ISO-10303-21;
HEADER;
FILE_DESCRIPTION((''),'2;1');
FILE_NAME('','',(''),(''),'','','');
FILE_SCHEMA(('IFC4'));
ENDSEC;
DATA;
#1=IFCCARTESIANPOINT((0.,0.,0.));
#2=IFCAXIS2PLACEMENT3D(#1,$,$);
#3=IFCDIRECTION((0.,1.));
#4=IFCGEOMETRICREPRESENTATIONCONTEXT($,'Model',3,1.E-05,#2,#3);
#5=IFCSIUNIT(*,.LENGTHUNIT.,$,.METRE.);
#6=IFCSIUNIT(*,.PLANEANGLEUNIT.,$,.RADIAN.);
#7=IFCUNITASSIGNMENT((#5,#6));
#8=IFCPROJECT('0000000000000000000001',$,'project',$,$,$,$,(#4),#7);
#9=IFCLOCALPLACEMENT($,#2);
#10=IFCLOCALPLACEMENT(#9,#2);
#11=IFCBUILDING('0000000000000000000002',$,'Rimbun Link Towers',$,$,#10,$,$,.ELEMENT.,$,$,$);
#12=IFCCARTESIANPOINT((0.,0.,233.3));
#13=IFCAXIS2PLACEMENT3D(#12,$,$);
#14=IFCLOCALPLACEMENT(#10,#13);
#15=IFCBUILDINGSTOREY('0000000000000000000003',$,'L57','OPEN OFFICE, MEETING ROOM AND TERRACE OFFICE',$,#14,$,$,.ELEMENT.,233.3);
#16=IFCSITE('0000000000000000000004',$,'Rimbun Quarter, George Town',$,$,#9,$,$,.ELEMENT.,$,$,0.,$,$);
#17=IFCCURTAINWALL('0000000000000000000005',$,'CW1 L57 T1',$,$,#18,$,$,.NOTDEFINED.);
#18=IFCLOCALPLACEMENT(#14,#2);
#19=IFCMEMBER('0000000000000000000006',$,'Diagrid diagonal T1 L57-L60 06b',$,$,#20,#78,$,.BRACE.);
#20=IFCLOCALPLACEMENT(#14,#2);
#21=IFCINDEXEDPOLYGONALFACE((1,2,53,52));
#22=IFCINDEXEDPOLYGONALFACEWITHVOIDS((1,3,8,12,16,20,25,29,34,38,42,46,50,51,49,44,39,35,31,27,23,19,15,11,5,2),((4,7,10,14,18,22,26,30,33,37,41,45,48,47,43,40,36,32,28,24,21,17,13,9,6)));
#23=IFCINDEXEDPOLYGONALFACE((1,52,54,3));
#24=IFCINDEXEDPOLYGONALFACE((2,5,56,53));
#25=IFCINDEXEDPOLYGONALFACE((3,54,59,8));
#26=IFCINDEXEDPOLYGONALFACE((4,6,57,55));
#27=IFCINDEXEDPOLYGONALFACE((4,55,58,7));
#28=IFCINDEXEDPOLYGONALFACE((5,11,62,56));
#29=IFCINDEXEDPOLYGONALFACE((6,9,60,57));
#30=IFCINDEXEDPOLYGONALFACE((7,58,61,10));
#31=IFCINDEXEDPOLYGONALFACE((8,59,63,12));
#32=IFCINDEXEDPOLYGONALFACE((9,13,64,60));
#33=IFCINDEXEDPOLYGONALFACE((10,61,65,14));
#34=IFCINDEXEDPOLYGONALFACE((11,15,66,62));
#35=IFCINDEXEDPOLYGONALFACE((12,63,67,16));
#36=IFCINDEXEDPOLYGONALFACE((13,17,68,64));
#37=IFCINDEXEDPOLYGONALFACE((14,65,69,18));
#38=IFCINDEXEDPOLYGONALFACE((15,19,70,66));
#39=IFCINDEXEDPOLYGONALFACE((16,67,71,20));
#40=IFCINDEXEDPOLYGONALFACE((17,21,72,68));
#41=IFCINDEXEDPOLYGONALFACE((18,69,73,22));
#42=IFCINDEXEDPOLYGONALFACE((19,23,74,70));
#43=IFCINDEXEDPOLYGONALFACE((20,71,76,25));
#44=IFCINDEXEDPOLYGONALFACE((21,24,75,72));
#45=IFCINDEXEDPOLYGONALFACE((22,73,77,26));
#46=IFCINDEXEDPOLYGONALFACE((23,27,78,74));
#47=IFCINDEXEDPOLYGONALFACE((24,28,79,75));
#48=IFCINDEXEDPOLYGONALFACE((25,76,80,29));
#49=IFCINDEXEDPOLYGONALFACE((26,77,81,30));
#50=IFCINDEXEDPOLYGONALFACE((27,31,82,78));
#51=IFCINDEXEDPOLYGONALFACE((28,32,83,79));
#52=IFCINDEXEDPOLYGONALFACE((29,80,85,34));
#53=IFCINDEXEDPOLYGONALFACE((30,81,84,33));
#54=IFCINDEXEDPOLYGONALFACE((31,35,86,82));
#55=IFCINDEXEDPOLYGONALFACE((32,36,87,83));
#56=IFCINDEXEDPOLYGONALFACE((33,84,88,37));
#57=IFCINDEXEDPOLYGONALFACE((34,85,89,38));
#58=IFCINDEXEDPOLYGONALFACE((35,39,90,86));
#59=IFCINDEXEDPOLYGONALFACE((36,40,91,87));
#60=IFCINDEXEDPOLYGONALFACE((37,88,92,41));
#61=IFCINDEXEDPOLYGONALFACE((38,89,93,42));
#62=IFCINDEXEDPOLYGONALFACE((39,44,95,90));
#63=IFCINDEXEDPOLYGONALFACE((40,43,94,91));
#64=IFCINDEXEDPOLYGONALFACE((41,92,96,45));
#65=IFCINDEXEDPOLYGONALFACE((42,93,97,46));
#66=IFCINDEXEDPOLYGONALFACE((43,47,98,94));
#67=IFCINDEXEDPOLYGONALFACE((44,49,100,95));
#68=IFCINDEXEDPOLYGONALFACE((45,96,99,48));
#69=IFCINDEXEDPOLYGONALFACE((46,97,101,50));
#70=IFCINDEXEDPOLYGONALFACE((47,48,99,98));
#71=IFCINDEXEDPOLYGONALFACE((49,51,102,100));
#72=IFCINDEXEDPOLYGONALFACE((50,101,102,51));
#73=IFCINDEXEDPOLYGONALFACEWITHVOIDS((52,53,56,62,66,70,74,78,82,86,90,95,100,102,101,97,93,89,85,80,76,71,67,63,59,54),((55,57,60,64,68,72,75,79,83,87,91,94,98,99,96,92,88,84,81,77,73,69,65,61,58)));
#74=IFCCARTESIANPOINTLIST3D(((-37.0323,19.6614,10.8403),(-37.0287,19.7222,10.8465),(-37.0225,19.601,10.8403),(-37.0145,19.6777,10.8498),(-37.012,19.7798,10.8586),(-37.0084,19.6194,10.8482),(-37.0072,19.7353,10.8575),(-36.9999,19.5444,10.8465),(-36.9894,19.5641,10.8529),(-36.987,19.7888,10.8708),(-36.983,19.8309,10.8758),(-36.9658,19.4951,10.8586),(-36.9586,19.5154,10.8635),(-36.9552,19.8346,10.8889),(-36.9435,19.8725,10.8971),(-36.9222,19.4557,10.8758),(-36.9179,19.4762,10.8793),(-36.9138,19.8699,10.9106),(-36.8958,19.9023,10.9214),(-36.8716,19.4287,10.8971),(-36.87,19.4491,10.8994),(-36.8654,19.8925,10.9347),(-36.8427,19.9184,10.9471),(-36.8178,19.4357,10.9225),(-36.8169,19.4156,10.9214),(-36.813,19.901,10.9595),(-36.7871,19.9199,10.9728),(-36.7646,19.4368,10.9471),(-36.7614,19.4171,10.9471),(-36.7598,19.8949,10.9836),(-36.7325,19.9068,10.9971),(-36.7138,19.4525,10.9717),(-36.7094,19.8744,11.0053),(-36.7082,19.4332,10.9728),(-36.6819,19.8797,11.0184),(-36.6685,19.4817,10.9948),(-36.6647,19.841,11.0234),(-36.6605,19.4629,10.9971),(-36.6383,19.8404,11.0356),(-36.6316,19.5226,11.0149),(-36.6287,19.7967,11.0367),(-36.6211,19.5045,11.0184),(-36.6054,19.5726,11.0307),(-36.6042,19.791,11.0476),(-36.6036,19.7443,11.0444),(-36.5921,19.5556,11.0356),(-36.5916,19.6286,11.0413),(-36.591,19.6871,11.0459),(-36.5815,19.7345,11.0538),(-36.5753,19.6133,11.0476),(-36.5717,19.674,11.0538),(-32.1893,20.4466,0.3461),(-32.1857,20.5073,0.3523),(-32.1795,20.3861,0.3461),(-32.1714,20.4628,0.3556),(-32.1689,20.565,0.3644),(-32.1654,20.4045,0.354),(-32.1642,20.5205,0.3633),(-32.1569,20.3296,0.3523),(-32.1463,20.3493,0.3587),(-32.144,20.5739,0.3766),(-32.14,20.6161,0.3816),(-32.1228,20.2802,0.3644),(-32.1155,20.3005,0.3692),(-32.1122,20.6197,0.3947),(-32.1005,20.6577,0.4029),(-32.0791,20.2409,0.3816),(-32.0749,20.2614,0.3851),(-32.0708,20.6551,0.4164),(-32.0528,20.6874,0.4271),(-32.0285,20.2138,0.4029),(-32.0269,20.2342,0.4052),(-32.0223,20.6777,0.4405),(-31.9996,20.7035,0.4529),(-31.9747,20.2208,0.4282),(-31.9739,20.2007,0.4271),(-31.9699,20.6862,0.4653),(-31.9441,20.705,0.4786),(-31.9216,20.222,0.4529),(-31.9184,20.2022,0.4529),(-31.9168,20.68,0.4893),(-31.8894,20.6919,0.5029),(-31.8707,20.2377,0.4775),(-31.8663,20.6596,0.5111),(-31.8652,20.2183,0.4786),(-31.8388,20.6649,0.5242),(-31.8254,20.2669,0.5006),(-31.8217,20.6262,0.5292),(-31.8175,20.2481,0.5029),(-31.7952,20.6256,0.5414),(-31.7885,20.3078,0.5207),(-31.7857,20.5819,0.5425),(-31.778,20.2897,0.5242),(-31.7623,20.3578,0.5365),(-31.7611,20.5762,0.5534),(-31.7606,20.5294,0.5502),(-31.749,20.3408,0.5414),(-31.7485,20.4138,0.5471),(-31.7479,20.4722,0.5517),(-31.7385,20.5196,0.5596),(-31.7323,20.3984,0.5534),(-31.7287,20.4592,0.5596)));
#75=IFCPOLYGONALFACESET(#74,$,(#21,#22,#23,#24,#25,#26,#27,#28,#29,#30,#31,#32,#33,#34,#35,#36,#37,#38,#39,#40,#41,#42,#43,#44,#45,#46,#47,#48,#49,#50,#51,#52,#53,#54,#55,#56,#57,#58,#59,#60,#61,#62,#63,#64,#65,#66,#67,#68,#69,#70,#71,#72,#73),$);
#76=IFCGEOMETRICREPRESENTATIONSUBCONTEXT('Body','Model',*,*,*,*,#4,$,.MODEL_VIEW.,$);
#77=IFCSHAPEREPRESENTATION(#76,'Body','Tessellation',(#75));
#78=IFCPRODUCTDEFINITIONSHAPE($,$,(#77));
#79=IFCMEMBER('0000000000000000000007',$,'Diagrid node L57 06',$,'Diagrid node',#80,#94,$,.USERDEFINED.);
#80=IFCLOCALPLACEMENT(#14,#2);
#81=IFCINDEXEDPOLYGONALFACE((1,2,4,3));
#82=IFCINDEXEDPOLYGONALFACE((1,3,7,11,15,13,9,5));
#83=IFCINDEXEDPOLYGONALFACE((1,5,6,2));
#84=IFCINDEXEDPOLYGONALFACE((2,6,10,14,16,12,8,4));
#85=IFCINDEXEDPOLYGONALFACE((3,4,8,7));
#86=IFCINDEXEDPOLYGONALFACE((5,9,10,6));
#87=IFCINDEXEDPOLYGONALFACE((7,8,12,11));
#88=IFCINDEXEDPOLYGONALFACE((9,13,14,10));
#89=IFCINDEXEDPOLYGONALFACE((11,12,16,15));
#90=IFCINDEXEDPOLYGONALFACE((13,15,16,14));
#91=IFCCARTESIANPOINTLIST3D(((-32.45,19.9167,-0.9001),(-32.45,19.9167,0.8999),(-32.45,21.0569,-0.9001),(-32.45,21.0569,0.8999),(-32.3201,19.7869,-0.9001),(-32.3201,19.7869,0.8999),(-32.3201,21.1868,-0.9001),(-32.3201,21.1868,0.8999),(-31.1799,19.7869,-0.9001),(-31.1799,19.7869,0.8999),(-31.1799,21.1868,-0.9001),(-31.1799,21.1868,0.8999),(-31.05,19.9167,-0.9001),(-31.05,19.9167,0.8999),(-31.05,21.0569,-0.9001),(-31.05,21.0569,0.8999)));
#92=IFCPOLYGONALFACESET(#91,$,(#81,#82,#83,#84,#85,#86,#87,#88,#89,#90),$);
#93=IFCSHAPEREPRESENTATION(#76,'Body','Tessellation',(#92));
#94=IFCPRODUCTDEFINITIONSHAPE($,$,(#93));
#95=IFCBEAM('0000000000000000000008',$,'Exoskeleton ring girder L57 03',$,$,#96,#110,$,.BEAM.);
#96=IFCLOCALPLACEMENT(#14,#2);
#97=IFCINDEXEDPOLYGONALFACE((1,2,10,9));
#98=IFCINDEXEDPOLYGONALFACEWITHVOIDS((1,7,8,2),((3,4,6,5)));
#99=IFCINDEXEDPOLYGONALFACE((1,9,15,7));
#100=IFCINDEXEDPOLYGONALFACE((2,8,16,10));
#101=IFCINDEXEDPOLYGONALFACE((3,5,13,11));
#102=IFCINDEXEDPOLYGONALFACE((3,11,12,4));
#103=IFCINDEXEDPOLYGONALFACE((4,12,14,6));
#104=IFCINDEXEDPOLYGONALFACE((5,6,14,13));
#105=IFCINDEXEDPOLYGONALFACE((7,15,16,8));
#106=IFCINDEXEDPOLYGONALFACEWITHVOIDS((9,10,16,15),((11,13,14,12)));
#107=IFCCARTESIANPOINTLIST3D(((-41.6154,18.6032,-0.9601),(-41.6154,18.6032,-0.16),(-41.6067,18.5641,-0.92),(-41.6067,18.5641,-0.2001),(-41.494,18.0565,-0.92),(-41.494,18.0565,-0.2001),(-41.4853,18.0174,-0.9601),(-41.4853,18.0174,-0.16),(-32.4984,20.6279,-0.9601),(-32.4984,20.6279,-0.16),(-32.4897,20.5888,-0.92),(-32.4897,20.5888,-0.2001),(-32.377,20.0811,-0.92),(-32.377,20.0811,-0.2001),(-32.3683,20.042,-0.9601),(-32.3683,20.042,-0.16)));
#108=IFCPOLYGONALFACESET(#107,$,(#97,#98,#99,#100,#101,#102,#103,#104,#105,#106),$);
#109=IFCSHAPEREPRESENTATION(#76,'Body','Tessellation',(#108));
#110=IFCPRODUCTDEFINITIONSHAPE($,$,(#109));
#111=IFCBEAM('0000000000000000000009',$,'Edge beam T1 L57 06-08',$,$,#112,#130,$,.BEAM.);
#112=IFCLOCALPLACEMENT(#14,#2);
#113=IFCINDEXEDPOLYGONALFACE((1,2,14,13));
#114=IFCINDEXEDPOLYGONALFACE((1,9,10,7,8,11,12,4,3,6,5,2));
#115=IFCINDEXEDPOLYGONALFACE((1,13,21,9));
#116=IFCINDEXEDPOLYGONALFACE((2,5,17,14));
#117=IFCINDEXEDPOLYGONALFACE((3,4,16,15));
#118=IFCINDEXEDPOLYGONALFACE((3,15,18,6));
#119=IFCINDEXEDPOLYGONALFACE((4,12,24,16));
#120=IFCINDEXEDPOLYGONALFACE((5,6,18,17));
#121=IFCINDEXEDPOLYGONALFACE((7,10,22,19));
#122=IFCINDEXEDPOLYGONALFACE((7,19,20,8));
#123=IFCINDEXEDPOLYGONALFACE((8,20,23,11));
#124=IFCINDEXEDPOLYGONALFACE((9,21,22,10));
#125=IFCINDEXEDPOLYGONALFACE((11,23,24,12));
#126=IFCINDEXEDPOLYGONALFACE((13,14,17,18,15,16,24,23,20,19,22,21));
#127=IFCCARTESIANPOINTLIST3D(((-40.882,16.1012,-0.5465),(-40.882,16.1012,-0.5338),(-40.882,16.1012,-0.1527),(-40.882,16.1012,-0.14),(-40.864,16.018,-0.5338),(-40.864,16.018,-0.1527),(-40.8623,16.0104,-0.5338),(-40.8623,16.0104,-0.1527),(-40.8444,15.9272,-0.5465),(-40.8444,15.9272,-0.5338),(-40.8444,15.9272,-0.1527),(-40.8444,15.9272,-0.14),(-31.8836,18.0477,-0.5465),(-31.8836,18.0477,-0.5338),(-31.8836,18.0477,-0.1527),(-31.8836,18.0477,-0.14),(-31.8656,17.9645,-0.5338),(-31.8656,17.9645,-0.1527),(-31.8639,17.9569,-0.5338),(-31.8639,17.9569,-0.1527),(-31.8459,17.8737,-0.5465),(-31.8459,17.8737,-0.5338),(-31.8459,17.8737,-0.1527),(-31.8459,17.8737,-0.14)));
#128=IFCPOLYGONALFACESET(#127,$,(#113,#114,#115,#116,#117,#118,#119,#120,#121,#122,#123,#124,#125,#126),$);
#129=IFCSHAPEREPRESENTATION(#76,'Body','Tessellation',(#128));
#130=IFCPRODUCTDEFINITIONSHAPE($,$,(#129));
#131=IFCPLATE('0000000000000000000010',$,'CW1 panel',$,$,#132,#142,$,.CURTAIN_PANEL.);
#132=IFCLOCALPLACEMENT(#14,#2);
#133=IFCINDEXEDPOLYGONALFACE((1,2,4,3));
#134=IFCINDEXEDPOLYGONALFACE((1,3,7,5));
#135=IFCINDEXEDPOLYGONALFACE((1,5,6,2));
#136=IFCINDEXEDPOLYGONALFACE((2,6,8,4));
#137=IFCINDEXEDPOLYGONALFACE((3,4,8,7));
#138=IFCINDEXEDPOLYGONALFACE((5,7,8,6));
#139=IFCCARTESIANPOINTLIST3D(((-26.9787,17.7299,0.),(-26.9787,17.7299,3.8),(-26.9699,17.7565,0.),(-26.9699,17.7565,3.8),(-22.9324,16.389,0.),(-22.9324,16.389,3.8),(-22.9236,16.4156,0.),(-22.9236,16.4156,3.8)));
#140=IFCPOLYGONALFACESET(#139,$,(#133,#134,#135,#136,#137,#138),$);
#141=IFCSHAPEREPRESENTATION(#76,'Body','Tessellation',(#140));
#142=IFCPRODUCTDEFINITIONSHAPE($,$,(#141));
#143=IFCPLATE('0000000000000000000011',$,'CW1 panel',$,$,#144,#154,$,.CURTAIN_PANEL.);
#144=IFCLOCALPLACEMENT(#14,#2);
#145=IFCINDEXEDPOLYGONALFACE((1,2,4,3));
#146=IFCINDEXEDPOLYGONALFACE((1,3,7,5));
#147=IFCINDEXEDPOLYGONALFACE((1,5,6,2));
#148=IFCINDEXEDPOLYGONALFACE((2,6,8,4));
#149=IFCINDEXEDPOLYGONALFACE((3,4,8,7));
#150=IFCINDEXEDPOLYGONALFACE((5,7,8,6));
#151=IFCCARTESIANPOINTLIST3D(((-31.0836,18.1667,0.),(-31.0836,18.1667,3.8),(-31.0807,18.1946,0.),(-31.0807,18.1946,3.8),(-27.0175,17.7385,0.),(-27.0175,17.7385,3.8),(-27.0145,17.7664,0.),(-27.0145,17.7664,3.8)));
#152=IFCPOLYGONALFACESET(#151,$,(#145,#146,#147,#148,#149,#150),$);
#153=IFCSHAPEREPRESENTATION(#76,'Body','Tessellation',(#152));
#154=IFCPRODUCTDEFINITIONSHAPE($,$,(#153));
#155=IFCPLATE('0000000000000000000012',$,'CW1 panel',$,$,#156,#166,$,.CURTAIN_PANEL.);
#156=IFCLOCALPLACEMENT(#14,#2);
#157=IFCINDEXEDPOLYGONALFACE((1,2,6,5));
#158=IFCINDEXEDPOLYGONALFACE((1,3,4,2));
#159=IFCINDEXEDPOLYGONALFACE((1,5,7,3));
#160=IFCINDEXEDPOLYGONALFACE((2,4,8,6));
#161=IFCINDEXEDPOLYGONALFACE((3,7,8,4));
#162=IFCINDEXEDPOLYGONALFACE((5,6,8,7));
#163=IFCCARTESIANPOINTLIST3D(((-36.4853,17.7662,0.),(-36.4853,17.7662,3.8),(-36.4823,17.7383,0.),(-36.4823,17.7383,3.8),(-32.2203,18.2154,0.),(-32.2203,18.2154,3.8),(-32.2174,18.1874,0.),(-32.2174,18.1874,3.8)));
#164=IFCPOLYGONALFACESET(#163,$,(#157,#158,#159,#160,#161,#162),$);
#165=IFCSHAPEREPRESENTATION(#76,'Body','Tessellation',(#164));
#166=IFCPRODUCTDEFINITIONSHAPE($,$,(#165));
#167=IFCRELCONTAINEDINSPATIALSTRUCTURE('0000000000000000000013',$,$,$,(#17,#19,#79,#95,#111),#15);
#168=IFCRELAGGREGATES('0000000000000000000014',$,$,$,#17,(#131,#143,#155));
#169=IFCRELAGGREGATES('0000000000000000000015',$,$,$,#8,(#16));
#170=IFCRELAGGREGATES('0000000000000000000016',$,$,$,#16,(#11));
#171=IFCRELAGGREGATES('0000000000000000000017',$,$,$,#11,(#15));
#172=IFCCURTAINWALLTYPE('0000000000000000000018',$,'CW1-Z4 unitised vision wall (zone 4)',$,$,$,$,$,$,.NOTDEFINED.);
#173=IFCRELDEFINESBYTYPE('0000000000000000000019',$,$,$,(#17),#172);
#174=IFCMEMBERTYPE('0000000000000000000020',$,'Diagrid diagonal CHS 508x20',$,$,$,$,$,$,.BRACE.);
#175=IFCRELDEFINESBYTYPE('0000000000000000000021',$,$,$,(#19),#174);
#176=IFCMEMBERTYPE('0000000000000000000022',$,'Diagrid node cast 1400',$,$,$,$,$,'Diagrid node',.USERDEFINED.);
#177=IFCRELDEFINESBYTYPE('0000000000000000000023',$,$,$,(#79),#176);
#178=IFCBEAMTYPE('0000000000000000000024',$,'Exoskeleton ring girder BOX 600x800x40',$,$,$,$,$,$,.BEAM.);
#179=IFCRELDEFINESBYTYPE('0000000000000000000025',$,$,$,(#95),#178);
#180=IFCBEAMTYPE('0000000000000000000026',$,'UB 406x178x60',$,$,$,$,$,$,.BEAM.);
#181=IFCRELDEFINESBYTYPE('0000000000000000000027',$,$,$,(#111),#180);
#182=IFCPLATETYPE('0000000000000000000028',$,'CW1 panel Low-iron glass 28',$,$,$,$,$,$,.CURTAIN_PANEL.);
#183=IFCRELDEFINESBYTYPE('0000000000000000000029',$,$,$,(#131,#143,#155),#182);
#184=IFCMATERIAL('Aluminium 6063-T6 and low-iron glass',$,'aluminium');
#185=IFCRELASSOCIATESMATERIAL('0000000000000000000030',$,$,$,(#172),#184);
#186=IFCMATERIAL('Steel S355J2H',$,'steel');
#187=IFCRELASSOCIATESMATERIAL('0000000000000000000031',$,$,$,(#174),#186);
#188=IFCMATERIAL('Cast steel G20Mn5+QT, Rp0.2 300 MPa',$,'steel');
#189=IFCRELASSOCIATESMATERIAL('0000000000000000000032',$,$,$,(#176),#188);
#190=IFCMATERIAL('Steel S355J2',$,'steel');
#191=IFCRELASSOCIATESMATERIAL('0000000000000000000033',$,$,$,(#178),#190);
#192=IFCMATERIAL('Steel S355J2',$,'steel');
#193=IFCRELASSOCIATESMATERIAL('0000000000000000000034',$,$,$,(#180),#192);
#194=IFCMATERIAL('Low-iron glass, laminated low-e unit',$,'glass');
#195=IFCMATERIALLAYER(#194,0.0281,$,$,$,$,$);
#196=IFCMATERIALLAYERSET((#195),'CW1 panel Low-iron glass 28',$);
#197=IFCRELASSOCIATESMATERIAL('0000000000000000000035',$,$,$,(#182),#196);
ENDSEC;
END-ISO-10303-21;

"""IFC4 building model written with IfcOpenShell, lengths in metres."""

from ifc_helpers import new_model, si_unit, direction, frame, origin, origin_2d, place, context, subcontext, project, spatial, polyline, rectangle, hollow_rectangle, hollow_circle, i_section, outline, extrude, material, layer, layer_set, material_profile, profile_set, type_object, element, aggregate, save


model = new_model("IFC4")

# Units and contexts
model_context = context("Model", 3, precision=1e-05, world=origin(), true_north=direction((0.0, 1.0)))
body_context = subcontext(model_context, "Body", "Model", "MODEL_VIEW")
ifc_project = project(units=[si_unit("LENGTHUNIT", "METRE"), si_unit("PLANEANGLEUNIT", "RADIAN")], contexts=[model_context])

# Site, building, storey
site_placement = place(None, origin())
site = spatial("IfcSite", under=ifc_project, at=site_placement, Name="Rimbun Quarter, George Town", CompositionType="ELEMENT", RefElevation=0.0)
building_placement = place(site_placement, origin())
building = spatial("IfcBuilding", under=site, at=building_placement, Name="Rimbun Link Towers", CompositionType="ELEMENT")
storey_placement = place(building_placement, frame((0.0, 0.0, 233.3)))
storey = spatial("IfcBuildingStorey", under=building, at=storey_placement, Name="L57", Description="OPEN OFFICE, MEETING ROOM AND TERRACE OFFICE", CompositionType="ELEMENT", Elevation=233.3)

# Curtain wall
ifc_material_1 = material(Name="Aluminium 6063-T6 and low-iron glass", Category="aluminium")
curtain_wall_type = type_object("IfcCurtainWallType", Name="CW1-Z4 unitised vision wall (zone 4)", PredefinedType="NOTDEFINED", material=ifc_material_1)
curtain_wall_placement = place(storey_placement, origin())
curtain_wall = element("IfcCurtainWall", 1, at=curtain_wall_placement, inside=storey, type_object=curtain_wall_type, Name="CW1 L57 T1", PredefinedType="NOTDEFINED")

# Members
ifc_material_2 = material(Name="Steel S355J2H", Category="steel")
ifc_material_profile_1 = material_profile(ifc_material_2, hollow_circle(Radius=0.2539, WallThickness=0.02, at=origin_2d()), Name="Diagrid diagonal CHS 508x20")
ifc_profile_set_1 = profile_set([ifc_material_profile_1], Name="Steel S355J2H")
member_type_1 = type_object("IfcMemberType", Name="Diagrid diagonal CHS 508x20", PredefinedType="BRACE", material=ifc_profile_set_1)
for number, where, z_axis, x_axis, name in (
    (2, (-31.959, 20.4529, 0.4529), (-0.418064, -0.067777, 0.905886), (0.160032, -0.987112, 0.0), "Diagrid diagonal T1 L57-L60 06b"),
):
    element("IfcMember", number, at=place(storey_placement, frame(where, z_axis=z_axis, x_axis=x_axis)), inside=storey, type_object=member_type_1, Name=name, PredefinedType="BRACE", context=body_context, shape_type="SweptSolid", body=[
        extrude(hollow_circle(Radius=0.2539, WallThickness=0.02, at=origin_2d()), origin(), (0.0, 0.0, 1.0), 11.5845),
    ])
ifc_material_3 = material(Name="Cast steel G20Mn5+QT, Rp0.2 300 MPa", Category="steel")
ifc_material_profile_2 = material_profile(ifc_material_3, outline(polyline([(0.7, -0.5701), (0.7, 0.5701), (0.5701, 0.7), (-0.5701, 0.7), (-0.7, 0.5701), (-0.7, -0.5701), (-0.5701, -0.7), (0.5701, -0.7), (0.7, -0.5701)])), Name="NODE 1400x1400")
ifc_profile_set_2 = profile_set([ifc_material_profile_2], Name="Cast steel G20Mn5+QT, Rp0.2 300 MPa")
member_type_2 = type_object("IfcMemberType", Name="Diagrid node cast 1400", ElementType="Diagrid node", PredefinedType="USERDEFINED", material=ifc_profile_set_2)
member_1_placement = place(storey_placement, frame((-31.75, 20.4868, -0.9001), z_axis=(0.0, 0.0, 1.0), x_axis=(0.0, 1.0, 0.0)))
element("IfcMember", 3, at=member_1_placement, inside=storey, type_object=member_type_2, Name="Diagrid node L57 06", ObjectType="Diagrid node", PredefinedType="USERDEFINED", context=body_context, shape_type="SweptSolid", body=[
    extrude(outline(polyline([(0.7, -0.5701), (0.7, 0.5701), (0.5701, 0.7), (-0.5701, 0.7), (-0.7, 0.5701), (-0.7, -0.5701), (-0.5701, -0.7), (0.5701, -0.7), (0.7, -0.5701)])), origin(), (0.0, 0.0, 1.0), 1.8),
])

# Beams
ifc_material_4 = material(Name="Steel S355J2", Category="steel")
ifc_material_profile_3 = material_profile(ifc_material_4, hollow_rectangle(XDim=0.6001, YDim=0.8, WallThickness=0.04, at=origin_2d()), Name="Exoskeleton ring girder BOX 600x800x40")
ifc_profile_set_3 = profile_set([ifc_material_profile_3], Name="Steel S355J2")
beam_type_1 = type_object("IfcBeamType", Name="Exoskeleton ring girder BOX 600x800x40", PredefinedType="BEAM", material=ifc_profile_set_3)
beam_1_placement = place(storey_placement, frame((-32.4333, 20.335, -0.5601), z_axis=(-0.976217, -0.216795, 0.0), x_axis=(0.216795, -0.976217, 0.0)))
element("IfcBeam", 4, at=beam_1_placement, inside=storey, type_object=beam_type_1, Name="Exoskeleton ring girder L57 03", PredefinedType="BEAM", context=body_context, shape_type="SweptSolid", body=[
    extrude(hollow_rectangle(XDim=0.6001, YDim=0.8, WallThickness=0.04, at=origin_2d()), origin(), (0.0, 0.0, 1.0), 9.3391),
])
ifc_material_5 = material(Name="Steel S355J2", Category="steel")
ifc_material_profile_4 = material_profile(ifc_material_5, i_section(OverallWidth=0.178, OverallDepth=0.4065, WebThickness=0.0078, FlangeThickness=0.0127, at=origin_2d()), Name="UB 406x178x60")
ifc_profile_set_4 = profile_set([ifc_material_profile_4], Name="Steel S355J2")
beam_type_2 = type_object("IfcBeamType", Name="UB 406x178x60", PredefinedType="BEAM", material=ifc_profile_set_4)
beam_2_placement = place(storey_placement, frame((-31.8647, 17.9607, -0.3433), z_axis=(-0.977394, -0.211427, 0.0), x_axis=(0.211427, -0.977394, 0.0)))
element("IfcBeam", 5, at=beam_2_placement, inside=storey, type_object=beam_type_2, Name="Edge beam T1 L57 06-08", PredefinedType="BEAM", context=body_context, shape_type="SweptSolid", body=[
    extrude(i_section(OverallWidth=0.178, OverallDepth=0.4065, WebThickness=0.0078, FlangeThickness=0.0127, at=origin_2d()), origin(), (0.0, 0.0, 1.0), 9.2065),
])

# Plates
ifc_material_6 = material(Name="Low-iron glass, laminated low-e unit", Category="glass")
ifc_layer = layer(ifc_material_6, 0.0281)
ifc_layer_set = layer_set([ifc_layer], Name="CW1 panel Low-iron glass 28")
plate_type = type_object("IfcPlateType", Name="CW1 panel Low-iron glass 28", PredefinedType="CURTAIN_PANEL", material=ifc_layer_set)
plate_1_placement = place(storey_placement, frame((-24.9512, 17.0728, 0.0), z_axis=(0.0, 0.0, 1.0), x_axis=(0.949234, -0.31457, 0.0)))
plate_1 = element("IfcPlate", 6, at=plate_1_placement, type_object=plate_type, Name="CW1 panel", PredefinedType="CURTAIN_PANEL", context=body_context, shape_type="SweptSolid", body=[
    extrude(rectangle(XDim=4.2627, YDim=0.0281, at=origin_2d()), origin(), (0.0, 0.0, 1.0), 3.8),
])
plate_2_placement = place(storey_placement, frame((-29.0491, 17.9666, 0.0), z_axis=(0.0, 0.0, 1.0), x_axis=(0.9945, -0.104736, 0.0)))
plate_2 = element("IfcPlate", 7, at=plate_2_placement, type_object=plate_type, Name="CW1 panel", PredefinedType="CURTAIN_PANEL", context=body_context, shape_type="SweptSolid", body=[
    extrude(rectangle(XDim=4.0886, YDim=0.0281, at=origin_2d()), origin(), (0.0, 0.0, 1.0), 3.8),
])
plate_3_placement = place(storey_placement, frame((-34.3513, 17.9768, 0.0), z_axis=(0.0, 0.0, 1.0), x_axis=(0.9945, 0.104736, 0.0)))
plate_3 = element("IfcPlate", 8, at=plate_3_placement, type_object=plate_type, Name="CW1 panel", PredefinedType="CURTAIN_PANEL", context=body_context, shape_type="SweptSolid", body=[
    extrude(rectangle(XDim=4.2886, YDim=0.0281, at=origin_2d()), origin(), (0.0, 0.0, 1.0), 3.8),
])
aggregate(curtain_wall, [plate_1, plate_2, plate_3])

save(model, "model.ifc")
